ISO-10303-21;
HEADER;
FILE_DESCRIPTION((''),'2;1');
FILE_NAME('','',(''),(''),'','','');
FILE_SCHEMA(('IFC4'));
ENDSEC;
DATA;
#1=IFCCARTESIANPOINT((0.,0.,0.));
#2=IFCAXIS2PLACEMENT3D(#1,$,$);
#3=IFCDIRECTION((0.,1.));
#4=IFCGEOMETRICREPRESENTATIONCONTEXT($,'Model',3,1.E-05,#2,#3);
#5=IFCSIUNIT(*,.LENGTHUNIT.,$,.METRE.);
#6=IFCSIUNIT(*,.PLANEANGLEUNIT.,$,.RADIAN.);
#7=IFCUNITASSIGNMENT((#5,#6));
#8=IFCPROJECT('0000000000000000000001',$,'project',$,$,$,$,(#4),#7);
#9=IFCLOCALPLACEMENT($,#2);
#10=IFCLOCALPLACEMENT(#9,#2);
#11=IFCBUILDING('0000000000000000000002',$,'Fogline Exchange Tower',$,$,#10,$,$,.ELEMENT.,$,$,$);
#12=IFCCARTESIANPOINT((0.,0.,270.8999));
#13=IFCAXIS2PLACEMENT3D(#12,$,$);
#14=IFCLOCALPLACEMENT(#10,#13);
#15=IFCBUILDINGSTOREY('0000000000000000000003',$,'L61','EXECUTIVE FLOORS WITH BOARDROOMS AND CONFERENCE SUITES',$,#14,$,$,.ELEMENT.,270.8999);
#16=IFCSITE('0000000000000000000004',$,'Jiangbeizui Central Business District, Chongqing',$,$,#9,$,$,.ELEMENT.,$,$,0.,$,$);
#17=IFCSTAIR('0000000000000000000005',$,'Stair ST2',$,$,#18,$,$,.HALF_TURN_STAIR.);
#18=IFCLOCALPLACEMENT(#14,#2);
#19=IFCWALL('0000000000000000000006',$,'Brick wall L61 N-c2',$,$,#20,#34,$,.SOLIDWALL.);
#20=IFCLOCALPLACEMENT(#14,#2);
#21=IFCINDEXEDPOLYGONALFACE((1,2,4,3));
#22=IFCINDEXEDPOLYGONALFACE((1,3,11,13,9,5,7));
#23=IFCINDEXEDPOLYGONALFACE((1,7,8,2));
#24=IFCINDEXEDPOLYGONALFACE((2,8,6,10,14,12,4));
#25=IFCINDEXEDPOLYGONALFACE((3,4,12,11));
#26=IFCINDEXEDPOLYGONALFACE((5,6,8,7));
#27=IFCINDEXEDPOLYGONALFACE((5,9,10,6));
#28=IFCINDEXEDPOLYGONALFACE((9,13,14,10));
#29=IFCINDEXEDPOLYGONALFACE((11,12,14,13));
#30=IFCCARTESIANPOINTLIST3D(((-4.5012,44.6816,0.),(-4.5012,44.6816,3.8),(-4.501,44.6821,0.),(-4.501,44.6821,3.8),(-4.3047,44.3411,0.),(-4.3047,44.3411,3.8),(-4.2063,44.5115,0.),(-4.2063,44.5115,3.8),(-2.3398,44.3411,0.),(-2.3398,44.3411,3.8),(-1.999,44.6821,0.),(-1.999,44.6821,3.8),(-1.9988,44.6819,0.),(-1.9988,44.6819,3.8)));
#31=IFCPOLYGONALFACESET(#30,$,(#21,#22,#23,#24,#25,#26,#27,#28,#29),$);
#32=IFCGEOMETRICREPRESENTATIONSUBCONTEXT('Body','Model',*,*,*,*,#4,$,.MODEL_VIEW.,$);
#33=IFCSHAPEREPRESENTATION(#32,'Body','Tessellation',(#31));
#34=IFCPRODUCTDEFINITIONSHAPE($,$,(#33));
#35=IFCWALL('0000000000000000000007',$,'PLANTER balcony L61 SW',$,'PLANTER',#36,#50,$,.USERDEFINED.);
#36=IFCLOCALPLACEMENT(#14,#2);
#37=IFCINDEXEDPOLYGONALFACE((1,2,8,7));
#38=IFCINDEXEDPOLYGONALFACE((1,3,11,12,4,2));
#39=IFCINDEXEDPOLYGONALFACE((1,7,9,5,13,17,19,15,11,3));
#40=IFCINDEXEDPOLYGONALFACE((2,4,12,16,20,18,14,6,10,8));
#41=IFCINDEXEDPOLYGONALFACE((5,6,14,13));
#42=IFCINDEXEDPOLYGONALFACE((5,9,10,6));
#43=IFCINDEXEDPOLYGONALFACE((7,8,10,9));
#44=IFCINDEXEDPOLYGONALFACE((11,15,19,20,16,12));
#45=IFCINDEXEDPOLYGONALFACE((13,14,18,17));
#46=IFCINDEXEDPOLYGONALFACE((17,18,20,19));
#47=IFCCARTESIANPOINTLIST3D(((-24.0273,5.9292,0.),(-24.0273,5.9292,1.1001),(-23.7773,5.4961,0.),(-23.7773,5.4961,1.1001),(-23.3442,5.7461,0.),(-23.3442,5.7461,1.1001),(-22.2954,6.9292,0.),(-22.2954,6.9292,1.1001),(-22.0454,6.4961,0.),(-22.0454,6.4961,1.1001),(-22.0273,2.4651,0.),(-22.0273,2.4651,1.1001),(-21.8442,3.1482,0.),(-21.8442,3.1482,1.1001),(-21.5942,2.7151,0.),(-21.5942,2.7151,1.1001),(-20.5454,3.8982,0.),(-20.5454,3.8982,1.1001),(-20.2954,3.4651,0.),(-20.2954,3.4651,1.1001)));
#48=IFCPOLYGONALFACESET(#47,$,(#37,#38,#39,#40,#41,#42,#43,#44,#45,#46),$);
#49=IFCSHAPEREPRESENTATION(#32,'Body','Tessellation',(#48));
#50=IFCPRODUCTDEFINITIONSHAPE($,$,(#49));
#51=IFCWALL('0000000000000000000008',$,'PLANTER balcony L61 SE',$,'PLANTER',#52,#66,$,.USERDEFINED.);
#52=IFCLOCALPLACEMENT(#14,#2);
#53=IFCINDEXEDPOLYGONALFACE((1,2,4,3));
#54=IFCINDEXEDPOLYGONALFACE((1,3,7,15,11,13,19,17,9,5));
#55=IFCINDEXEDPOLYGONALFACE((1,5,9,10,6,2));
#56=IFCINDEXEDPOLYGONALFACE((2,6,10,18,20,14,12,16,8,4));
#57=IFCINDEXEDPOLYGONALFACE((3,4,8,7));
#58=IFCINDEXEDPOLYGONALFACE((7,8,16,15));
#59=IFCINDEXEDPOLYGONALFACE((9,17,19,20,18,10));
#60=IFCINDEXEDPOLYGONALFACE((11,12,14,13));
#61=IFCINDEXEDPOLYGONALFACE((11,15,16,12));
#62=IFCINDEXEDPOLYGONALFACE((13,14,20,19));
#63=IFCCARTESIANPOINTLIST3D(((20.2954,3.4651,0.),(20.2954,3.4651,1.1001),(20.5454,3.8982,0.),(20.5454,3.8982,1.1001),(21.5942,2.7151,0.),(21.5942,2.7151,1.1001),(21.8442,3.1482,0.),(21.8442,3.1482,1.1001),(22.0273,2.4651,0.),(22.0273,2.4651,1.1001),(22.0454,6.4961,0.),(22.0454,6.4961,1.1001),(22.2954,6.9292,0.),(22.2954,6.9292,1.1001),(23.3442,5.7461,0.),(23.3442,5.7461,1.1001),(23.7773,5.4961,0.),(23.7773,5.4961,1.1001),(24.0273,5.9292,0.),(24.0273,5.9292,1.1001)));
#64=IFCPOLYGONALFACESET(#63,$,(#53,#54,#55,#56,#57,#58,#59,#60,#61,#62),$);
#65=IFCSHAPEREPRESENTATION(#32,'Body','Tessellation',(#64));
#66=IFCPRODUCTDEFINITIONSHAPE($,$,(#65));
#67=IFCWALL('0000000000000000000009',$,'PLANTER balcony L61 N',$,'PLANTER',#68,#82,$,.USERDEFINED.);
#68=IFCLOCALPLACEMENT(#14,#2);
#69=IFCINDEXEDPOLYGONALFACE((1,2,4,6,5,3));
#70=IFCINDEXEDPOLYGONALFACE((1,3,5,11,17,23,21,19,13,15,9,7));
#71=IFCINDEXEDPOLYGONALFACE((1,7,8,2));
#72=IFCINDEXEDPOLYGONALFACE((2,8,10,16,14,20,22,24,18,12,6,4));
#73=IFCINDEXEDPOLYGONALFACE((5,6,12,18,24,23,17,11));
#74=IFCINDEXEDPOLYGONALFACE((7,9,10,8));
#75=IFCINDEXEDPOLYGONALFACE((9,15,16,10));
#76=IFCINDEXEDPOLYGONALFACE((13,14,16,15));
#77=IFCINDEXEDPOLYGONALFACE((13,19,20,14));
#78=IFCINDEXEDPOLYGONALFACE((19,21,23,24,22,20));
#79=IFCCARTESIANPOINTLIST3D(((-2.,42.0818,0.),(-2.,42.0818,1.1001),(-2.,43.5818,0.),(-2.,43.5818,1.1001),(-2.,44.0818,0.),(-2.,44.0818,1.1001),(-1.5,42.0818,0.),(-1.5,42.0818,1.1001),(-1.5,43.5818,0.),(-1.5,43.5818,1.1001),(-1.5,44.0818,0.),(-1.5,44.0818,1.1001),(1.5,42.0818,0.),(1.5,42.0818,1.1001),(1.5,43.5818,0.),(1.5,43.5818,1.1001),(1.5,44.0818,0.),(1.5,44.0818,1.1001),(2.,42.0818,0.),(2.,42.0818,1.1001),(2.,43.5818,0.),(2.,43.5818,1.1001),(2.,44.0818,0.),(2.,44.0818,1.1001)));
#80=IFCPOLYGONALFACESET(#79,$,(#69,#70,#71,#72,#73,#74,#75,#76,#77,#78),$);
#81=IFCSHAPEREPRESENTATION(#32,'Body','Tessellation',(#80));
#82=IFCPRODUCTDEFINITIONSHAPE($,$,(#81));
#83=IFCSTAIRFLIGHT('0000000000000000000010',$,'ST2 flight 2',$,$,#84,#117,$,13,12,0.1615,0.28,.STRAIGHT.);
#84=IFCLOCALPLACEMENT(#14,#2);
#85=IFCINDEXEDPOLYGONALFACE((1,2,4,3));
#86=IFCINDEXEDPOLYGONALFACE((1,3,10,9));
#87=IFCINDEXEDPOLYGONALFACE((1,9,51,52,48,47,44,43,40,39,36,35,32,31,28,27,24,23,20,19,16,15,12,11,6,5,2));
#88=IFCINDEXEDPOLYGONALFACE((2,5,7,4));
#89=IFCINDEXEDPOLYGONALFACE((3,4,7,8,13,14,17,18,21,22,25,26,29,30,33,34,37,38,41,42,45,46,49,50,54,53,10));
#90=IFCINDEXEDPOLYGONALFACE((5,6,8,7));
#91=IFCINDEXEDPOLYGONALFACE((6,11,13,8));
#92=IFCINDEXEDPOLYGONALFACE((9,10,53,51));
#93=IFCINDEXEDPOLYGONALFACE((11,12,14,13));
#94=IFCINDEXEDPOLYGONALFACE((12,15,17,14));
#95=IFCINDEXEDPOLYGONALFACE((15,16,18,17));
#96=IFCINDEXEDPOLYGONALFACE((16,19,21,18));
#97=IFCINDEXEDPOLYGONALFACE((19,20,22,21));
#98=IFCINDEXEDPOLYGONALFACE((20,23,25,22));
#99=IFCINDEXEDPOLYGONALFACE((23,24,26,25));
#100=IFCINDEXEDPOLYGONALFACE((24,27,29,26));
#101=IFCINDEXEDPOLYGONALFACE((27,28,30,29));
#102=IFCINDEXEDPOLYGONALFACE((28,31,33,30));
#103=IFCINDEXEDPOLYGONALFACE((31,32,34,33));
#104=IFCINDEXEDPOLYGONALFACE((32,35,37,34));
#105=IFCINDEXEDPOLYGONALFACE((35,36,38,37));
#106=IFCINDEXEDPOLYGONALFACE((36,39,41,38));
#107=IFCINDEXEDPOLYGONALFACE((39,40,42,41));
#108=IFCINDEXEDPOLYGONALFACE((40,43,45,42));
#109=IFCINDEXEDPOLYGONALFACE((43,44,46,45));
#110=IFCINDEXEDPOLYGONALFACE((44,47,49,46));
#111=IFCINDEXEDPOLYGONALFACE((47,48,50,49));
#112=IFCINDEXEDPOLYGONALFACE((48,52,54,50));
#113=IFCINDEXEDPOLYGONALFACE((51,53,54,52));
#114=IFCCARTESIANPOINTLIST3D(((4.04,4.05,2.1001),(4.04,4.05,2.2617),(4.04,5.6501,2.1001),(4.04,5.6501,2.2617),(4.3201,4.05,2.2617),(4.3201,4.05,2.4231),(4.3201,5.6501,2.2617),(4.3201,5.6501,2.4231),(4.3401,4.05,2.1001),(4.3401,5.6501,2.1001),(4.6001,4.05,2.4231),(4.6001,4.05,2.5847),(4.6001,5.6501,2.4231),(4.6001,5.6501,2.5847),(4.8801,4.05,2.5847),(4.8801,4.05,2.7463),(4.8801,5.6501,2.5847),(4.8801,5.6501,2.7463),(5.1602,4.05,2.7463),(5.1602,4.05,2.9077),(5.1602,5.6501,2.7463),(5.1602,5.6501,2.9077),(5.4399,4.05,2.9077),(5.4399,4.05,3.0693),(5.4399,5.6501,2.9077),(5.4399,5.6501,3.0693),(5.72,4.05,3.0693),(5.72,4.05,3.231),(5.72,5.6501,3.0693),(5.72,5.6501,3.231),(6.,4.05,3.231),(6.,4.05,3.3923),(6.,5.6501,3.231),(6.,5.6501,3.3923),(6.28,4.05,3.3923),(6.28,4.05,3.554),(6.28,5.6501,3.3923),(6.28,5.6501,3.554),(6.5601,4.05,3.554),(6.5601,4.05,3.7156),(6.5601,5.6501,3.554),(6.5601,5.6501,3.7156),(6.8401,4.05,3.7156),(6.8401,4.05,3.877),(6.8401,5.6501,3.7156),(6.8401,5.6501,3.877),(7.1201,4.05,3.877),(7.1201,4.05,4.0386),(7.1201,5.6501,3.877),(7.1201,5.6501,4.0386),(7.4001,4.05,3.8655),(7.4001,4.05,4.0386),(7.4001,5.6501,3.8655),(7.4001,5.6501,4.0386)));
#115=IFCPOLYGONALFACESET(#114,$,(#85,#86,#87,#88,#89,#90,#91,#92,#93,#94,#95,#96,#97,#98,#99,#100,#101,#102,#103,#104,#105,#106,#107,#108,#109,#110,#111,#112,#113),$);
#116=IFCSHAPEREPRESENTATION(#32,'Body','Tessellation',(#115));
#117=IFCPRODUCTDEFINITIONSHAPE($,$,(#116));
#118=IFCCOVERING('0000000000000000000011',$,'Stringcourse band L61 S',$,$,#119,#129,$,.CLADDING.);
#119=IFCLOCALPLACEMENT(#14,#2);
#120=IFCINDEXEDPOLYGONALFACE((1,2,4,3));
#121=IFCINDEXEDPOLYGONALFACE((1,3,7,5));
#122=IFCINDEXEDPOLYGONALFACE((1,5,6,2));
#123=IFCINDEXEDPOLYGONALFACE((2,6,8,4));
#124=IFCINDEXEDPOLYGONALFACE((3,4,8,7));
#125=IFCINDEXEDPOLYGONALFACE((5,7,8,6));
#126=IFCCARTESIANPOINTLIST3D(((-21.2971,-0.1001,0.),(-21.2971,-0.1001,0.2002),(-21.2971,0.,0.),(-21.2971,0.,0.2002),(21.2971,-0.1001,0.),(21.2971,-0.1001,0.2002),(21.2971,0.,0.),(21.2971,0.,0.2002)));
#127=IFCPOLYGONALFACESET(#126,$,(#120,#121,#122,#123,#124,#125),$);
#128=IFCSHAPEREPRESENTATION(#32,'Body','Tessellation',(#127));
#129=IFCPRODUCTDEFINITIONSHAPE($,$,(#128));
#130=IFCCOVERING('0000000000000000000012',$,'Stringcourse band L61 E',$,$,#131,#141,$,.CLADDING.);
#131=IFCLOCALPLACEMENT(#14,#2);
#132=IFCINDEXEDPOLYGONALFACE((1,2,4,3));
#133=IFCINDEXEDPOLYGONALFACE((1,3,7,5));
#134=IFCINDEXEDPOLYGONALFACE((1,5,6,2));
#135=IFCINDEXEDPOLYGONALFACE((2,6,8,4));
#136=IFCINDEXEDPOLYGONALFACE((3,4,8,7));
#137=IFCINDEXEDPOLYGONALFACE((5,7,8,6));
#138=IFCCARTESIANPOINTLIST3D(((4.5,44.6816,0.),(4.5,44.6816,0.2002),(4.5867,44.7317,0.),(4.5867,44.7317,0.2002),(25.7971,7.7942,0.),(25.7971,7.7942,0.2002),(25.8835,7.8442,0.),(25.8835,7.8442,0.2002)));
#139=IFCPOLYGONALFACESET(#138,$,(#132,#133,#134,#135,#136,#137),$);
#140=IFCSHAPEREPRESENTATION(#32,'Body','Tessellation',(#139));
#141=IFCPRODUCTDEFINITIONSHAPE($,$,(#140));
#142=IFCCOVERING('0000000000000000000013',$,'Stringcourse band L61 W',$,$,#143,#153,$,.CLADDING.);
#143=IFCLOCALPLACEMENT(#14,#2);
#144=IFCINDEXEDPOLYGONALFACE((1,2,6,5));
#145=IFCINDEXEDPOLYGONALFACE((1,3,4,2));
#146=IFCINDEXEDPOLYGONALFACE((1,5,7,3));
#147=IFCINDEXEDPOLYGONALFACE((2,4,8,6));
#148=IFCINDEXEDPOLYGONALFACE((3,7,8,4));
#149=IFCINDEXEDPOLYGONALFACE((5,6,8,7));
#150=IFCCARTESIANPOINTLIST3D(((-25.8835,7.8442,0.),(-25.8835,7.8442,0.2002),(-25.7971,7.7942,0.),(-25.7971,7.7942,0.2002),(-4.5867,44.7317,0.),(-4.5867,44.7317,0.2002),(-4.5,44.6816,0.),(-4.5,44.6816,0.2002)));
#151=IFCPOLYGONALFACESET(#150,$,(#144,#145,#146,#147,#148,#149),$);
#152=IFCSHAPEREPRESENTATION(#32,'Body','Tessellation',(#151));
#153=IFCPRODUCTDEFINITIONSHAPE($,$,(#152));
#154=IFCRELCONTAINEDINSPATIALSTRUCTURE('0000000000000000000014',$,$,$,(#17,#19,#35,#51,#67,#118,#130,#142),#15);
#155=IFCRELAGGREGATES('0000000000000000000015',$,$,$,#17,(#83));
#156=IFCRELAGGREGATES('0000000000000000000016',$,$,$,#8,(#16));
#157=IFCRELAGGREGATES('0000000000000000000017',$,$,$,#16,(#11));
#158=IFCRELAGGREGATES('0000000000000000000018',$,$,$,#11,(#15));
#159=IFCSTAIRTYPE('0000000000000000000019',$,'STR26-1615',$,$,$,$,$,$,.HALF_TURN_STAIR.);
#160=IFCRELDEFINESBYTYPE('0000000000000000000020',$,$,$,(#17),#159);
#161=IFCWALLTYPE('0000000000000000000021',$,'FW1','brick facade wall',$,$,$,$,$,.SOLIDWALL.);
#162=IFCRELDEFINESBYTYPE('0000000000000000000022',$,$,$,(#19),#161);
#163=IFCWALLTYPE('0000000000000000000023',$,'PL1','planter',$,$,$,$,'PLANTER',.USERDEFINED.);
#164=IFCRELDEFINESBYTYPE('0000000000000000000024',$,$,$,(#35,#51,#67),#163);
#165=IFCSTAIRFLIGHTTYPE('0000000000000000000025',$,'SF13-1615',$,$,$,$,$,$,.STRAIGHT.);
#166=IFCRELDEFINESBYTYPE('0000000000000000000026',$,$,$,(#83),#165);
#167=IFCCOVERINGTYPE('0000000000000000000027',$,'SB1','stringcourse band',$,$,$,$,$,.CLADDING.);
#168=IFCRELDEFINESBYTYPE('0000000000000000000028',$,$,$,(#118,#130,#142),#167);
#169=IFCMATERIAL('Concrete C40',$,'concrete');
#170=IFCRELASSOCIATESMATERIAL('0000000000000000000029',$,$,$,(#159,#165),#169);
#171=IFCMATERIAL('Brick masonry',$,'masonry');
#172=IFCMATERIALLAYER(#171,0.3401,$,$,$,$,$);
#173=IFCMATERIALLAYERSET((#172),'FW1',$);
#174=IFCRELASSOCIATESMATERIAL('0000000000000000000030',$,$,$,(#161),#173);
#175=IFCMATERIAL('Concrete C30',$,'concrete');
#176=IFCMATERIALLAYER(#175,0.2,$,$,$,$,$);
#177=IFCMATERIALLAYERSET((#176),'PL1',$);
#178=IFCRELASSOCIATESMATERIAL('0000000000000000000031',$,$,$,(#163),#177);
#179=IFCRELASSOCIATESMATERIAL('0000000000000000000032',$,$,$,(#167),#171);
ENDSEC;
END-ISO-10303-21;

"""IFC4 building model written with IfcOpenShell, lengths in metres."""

from ifc_helpers import new_model, si_unit, direction, frame, origin, place, context, subcontext, project, spatial, polyline, outline, extrude, material, layer, layer_set, type_object, element, aggregate, save


model = new_model("IFC4")

# Units and contexts
model_context = context("Model", 3, precision=1e-05, world=origin(), true_north=direction((0.0, 1.0)))
body_context = subcontext(model_context, "Body", "Model", "MODEL_VIEW")
ifc_project = project(units=[si_unit("LENGTHUNIT", "METRE"), si_unit("PLANEANGLEUNIT", "RADIAN")], contexts=[model_context])

# Site, building, storey
site_placement = place(None, origin())
site = spatial("IfcSite", under=ifc_project, at=site_placement, Name="Jiangbeizui Central Business District, Chongqing", CompositionType="ELEMENT", RefElevation=0.0)
building_placement = place(site_placement, origin())
building = spatial("IfcBuilding", under=site, at=building_placement, Name="Fogline Exchange Tower", CompositionType="ELEMENT")
storey_placement = place(building_placement, frame((0.0, 0.0, 270.8999)))
storey = spatial("IfcBuildingStorey", under=building, at=storey_placement, Name="L61", Description="EXECUTIVE FLOORS WITH BOARDROOMS AND CONFERENCE SUITES", CompositionType="ELEMENT", Elevation=270.8999)

# Shared definitions
ifc_material_1 = material(Name="Concrete C40", Category="concrete")

# Stair
stair_type = type_object("IfcStairType", Name="STR26-1615", PredefinedType="HALF_TURN_STAIR", material=ifc_material_1)
stair_1_placement = place(storey_placement, origin())
stair_1 = element("IfcStair", 1, at=stair_1_placement, inside=storey, type_object=stair_type, Name="Stair ST2", PredefinedType="HALF_TURN_STAIR")

# Walls
ifc_material_2 = material(Name="Brick masonry", Category="masonry")
ifc_layer_1 = layer(ifc_material_2, 0.3401)
ifc_layer_set_1 = layer_set([ifc_layer_1], Name="FW1")
wall_type_1 = type_object("IfcWallType", Name="FW1", Description="brick facade wall", PredefinedType="SOLIDWALL", material=ifc_layer_set_1)
wall_1_placement = place(storey_placement, origin())
element("IfcWall", 2, at=wall_1_placement, inside=storey, type_object=wall_type_1, Name="Brick wall L61 N-c2", PredefinedType="SOLIDWALL", context=body_context, shape_type="SweptSolid", body=[
    extrude(outline(polyline([(-4.3047, 44.3411), (-4.2063, 44.5115), (-4.5012, 44.6816), (-4.501, 44.6821), (-1.999, 44.6821), (-1.9988, 44.6819), (-2.3398, 44.3411), (-4.3047, 44.3411)])), origin(), (0.0, 0.0, 1.0), 3.8),
])
ifc_material_3 = material(Name="Concrete C30", Category="concrete")
ifc_layer_2 = layer(ifc_material_3, 0.2)
ifc_layer_set_2 = layer_set([ifc_layer_2], Name="PL1")
wall_type_2 = type_object("IfcWallType", Name="PL1", Description="planter", ElementType="PLANTER", PredefinedType="USERDEFINED", material=ifc_layer_set_2)
wall_2_placement = place(storey_placement, origin())
element("IfcWall", 3, at=wall_2_placement, inside=storey, type_object=wall_type_2, Name="PLANTER balcony L61 SW", ObjectType="PLANTER", PredefinedType="USERDEFINED", context=body_context, shape_type="SweptSolid", body=[
    extrude(outline(polyline([(-20.5454, 3.8982), (-21.8442, 3.1482), (-23.3442, 5.7461), (-22.0454, 6.4961), (-22.2954, 6.9292), (-24.0273, 5.9292), (-23.7773, 5.4961), (-22.0273, 2.4651), (-21.5942, 2.7151), (-21.5942, 2.7151), (-20.2954, 3.4651), (-20.5454, 3.8982)])), origin(), (0.0, 0.0, 1.0), 1.1001),
])
wall_3_placement = place(storey_placement, origin())
element("IfcWall", 4, at=wall_3_placement, inside=storey, type_object=wall_type_2, Name="PLANTER balcony L61 SE", ObjectType="PLANTER", PredefinedType="USERDEFINED", context=body_context, shape_type="SweptSolid", body=[
    extrude(outline(polyline([(20.2954, 3.4651), (21.5942, 2.7151), (21.5942, 2.7151), (22.0273, 2.4651), (23.7773, 5.4961), (24.0273, 5.9292), (22.2954, 6.9292), (22.0454, 6.4961), (23.3442, 5.7461), (21.8442, 3.1482), (20.5454, 3.8982), (20.2954, 3.4651)])), origin(), (0.0, 0.0, 1.0), 1.1001),
])
wall_4_placement = place(storey_placement, origin())
element("IfcWall", 5, at=wall_4_placement, inside=storey, type_object=wall_type_2, Name="PLANTER balcony L61 N", ObjectType="PLANTER", PredefinedType="USERDEFINED", context=body_context, shape_type="SweptSolid", body=[
    extrude(outline(polyline([(-1.5, 44.0818), (-2.0, 44.0818), (-2.0, 43.5818), (-2.0, 42.0818), (-1.5, 42.0818), (-1.5, 43.5818), (1.5, 43.5818), (1.5, 42.0818), (2.0, 42.0818), (2.0, 43.5818), (2.0, 44.0818), (1.5, 44.0818), (-1.5, 44.0818)])), origin(), (0.0, 0.0, 1.0), 1.1001),
])

# Stair flight
stair_flight_type = type_object("IfcStairFlightType", Name="SF13-1615", PredefinedType="STRAIGHT", material=ifc_material_1)
stair_flight_placement = place(storey_placement, frame((4.04, 4.8501, 2.1001), z_axis=(0.0, 0.0, 1.0), x_axis=(1.0, 0.0, 0.0)))
stair_flight = element("IfcStairFlight", 6, at=stair_flight_placement, type_object=stair_flight_type, Name="ST2 flight 2", NumberOfRisers=13, NumberOfTreads=12, PredefinedType="STRAIGHT", RiserHeight=0.1615, TreadLength=0.28, context=body_context, shape_type="SweptSolid", body=[
    extrude(outline(polyline([(0.0, 0.0), (0.0, 0.1616), (0.28, 0.1616), (0.28, 0.323), (0.5601, 0.323), (0.5601, 0.4846), (0.8401, 0.4846), (0.8401, 0.6462), (1.1201, 0.6462), (1.1201, 0.8076), (1.3999, 0.8076), (1.3999, 0.9692), (1.6799, 0.9692), (1.6799, 1.1309), (1.96, 1.1309), (1.96, 1.2922), (2.24, 1.2922), (2.24, 1.4539), (2.52, 1.4539), (2.52, 1.6155), (2.8, 1.6155), (2.8, 1.7769), (3.0801, 1.7769), (3.0801, 1.9385), (3.3601, 1.9385), (3.3601, 2.1001), (3.3601, 1.7654), (0.3, 0.0), (0.0, 0.0)])), frame((0.0, 0.8, 0.0), z_axis=(0.0, -1.0, 0.0), x_axis=(1.0, 0.0, 0.0)), (0.0, 0.0, 1.0), 1.6001),
])
aggregate(stair_1, [stair_flight])

# Coverings
covering_type = type_object("IfcCoveringType", Name="SB1", Description="stringcourse band", PredefinedType="CLADDING", material=ifc_material_2)
covering_1_placement = place(storey_placement, origin())
element("IfcCovering", 7, at=covering_1_placement, inside=storey, type_object=covering_type, Name="Stringcourse band L61 S", PredefinedType="CLADDING", context=body_context, shape_type="SweptSolid", body=[
    extrude(outline(polyline([(-21.2971, 0.0), (-21.2971, -0.1001), (21.2971, -0.1001), (21.2971, 0.0), (-21.2971, 0.0)])), origin(), (0.0, 0.0, 1.0), 0.2002),
])
covering_2_placement = place(storey_placement, origin())
element("IfcCovering", 8, at=covering_2_placement, inside=storey, type_object=covering_type, Name="Stringcourse band L61 E", PredefinedType="CLADDING", context=body_context, shape_type="SweptSolid", body=[
    extrude(outline(polyline([(25.7971, 7.7942), (25.8835, 7.8442), (4.5867, 44.7317), (4.5, 44.6816), (25.7971, 7.7942)])), origin(), (0.0, 0.0, 1.0), 0.2002),
])
covering_3_placement = place(storey_placement, origin())
element("IfcCovering", 9, at=covering_3_placement, inside=storey, type_object=covering_type, Name="Stringcourse band L61 W", PredefinedType="CLADDING", context=body_context, shape_type="SweptSolid", body=[
    extrude(outline(polyline([(-4.5, 44.6816), (-4.5867, 44.7317), (-25.8835, 7.8442), (-25.7971, 7.7942), (-4.5, 44.6816)])), origin(), (0.0, 0.0, 1.0), 0.2002),
])

save(model, "model.ifc")
